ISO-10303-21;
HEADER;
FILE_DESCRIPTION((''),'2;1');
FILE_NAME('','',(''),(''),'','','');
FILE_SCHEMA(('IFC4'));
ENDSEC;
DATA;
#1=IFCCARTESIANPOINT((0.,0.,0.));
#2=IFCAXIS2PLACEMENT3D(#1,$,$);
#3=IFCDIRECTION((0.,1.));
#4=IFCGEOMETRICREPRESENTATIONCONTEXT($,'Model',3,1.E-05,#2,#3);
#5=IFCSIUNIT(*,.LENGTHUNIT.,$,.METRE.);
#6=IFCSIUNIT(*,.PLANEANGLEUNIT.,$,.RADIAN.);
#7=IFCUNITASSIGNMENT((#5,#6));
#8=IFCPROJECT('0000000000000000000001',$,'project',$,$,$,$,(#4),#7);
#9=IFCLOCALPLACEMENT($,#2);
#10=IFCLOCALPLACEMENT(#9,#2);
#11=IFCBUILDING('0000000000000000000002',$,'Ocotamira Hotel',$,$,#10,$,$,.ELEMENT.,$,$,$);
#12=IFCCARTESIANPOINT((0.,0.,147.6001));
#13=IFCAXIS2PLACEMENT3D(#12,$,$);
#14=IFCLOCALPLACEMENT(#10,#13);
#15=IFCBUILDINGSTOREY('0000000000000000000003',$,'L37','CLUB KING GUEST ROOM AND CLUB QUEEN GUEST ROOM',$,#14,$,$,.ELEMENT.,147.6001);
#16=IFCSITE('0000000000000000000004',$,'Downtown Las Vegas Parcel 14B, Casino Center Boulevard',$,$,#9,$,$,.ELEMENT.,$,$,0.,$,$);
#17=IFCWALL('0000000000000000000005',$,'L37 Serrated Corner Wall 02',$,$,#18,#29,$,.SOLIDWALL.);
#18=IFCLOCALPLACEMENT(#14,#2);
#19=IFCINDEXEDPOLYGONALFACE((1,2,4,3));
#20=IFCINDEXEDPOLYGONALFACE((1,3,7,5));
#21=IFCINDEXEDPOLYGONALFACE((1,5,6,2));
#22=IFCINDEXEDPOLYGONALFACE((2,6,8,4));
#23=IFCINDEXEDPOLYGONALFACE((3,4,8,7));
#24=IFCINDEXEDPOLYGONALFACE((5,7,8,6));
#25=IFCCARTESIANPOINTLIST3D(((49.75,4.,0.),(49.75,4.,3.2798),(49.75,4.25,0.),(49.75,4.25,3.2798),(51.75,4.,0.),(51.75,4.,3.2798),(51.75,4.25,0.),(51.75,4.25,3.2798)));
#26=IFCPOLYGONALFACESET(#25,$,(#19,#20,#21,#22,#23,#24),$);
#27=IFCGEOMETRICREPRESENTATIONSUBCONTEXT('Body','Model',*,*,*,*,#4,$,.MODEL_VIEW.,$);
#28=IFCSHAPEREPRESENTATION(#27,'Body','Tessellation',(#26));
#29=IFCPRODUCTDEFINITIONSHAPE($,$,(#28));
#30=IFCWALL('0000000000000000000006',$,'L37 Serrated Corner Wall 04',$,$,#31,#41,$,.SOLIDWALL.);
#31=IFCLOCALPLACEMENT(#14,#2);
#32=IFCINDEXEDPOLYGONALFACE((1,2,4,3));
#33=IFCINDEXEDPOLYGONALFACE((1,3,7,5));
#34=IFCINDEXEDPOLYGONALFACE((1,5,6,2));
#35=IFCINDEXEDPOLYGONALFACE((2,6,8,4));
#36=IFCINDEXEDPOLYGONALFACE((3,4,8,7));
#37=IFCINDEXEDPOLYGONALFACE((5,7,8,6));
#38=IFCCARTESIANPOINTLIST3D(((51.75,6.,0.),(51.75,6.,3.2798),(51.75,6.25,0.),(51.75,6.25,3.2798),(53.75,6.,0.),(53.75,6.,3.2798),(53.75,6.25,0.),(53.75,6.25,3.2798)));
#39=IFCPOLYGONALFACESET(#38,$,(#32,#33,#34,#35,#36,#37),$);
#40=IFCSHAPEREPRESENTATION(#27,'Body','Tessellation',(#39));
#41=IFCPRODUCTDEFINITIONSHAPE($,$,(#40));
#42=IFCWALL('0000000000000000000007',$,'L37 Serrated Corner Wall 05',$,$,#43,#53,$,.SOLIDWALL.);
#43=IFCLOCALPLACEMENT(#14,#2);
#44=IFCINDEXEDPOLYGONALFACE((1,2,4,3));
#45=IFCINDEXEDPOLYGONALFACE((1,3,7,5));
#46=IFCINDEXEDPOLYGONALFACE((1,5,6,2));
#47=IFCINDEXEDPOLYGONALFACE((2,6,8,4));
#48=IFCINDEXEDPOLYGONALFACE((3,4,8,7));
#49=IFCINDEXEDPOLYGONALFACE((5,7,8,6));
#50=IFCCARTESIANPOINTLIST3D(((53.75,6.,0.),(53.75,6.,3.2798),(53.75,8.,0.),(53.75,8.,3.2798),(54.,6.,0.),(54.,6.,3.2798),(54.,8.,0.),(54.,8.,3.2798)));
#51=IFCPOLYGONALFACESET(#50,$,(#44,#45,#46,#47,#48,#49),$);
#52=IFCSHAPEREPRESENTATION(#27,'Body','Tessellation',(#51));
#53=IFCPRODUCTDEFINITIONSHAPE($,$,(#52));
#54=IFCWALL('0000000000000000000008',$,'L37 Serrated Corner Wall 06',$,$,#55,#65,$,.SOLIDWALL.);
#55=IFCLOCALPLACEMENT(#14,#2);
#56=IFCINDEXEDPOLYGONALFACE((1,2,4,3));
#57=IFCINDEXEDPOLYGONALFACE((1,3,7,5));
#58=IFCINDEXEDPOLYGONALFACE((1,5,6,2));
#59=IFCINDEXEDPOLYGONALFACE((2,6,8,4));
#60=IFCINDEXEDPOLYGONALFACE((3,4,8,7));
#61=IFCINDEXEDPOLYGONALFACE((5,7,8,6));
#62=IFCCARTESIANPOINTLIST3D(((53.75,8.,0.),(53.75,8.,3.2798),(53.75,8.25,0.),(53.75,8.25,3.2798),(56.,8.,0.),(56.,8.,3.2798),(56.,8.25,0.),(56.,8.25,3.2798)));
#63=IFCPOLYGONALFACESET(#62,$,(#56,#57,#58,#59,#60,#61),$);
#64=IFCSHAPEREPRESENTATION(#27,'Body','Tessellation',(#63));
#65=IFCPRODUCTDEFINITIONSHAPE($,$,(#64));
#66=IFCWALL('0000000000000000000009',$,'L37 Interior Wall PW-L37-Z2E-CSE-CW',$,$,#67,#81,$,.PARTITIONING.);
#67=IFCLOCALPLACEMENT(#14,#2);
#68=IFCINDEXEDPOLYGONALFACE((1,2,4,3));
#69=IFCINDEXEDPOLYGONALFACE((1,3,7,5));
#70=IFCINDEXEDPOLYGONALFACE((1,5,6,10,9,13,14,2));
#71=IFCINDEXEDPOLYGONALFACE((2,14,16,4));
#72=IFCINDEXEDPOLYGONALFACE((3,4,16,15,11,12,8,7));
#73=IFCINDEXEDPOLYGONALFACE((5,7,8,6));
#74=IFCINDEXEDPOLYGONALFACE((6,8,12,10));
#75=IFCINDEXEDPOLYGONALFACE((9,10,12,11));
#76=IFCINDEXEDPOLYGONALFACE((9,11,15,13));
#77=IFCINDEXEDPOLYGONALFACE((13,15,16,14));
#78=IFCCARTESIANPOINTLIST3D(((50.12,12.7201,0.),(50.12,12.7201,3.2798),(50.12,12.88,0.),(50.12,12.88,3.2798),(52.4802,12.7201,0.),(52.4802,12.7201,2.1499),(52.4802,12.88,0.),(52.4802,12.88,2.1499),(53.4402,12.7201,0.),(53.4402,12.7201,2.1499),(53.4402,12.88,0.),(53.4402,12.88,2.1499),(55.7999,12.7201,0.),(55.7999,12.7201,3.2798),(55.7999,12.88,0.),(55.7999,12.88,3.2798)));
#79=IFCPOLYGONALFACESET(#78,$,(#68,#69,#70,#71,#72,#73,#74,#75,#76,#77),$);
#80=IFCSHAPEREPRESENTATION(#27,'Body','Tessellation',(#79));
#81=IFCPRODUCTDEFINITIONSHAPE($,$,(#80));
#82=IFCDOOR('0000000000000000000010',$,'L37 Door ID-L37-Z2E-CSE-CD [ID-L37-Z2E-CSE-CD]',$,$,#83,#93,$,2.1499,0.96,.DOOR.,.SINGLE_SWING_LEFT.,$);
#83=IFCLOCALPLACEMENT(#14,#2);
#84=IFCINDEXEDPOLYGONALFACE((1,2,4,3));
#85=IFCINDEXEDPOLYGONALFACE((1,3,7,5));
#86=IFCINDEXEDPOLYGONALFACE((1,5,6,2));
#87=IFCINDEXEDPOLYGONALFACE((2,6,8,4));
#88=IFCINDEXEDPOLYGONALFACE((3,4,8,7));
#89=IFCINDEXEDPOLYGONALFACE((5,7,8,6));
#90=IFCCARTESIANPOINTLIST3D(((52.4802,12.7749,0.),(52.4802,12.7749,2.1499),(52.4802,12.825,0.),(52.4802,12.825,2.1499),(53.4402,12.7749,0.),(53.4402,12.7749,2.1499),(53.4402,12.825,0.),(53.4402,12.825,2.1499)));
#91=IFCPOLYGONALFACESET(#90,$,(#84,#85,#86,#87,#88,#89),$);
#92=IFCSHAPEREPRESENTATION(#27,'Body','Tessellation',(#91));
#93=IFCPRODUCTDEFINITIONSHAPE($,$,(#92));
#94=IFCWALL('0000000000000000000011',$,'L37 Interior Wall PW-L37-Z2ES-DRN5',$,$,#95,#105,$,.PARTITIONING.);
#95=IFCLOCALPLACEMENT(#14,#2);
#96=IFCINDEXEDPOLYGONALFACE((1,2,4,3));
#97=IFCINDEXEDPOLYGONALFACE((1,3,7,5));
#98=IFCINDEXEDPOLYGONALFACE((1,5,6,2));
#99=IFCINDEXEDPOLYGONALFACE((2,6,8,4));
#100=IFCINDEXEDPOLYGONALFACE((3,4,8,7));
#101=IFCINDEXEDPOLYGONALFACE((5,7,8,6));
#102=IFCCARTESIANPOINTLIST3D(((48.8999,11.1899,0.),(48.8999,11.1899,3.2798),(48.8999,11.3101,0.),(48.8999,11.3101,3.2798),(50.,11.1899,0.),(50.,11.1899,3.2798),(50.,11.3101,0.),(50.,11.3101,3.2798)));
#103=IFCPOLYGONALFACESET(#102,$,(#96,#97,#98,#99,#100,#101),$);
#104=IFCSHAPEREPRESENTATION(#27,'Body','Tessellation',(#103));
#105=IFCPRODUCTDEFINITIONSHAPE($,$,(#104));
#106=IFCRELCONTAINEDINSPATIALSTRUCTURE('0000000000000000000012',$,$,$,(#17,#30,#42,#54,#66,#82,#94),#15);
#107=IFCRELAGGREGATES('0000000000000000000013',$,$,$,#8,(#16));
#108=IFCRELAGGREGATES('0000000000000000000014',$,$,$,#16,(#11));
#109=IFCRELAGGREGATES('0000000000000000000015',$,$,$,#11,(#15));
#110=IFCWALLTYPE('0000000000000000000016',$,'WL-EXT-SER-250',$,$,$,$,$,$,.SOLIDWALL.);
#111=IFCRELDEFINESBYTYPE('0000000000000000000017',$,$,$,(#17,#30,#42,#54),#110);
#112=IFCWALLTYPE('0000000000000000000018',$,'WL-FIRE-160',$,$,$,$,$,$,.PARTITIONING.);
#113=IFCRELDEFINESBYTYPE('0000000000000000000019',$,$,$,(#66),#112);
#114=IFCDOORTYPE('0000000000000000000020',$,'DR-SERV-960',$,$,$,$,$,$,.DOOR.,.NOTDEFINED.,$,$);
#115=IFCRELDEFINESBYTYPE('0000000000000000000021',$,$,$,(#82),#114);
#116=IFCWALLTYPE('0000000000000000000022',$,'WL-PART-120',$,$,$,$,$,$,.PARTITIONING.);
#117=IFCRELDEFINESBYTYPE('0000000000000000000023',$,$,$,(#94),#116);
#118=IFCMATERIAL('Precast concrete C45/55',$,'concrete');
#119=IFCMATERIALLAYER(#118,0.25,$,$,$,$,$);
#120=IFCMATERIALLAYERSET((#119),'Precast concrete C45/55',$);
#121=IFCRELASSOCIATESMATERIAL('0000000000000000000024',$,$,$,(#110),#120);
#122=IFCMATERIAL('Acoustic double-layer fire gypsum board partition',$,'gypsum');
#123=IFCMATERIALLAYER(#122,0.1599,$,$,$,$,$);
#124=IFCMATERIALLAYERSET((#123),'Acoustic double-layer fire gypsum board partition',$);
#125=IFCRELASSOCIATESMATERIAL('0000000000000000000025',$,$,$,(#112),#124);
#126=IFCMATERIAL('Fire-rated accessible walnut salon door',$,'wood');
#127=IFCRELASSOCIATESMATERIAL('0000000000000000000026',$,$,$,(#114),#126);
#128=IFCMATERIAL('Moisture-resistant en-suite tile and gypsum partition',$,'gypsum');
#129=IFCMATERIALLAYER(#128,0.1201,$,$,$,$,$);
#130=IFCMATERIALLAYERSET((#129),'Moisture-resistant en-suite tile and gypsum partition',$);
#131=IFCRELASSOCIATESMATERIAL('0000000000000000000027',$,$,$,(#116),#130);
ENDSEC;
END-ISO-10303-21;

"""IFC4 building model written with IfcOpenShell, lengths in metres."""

from ifc_helpers import new_model, si_unit, direction, frame, frame_2d, origin, place, context, subcontext, project, spatial, rectangle, extrude, source, transform, mapped, material, layer, layer_set, type_object, element, fill, save


model = new_model("IFC4")

# Units and contexts
model_context = context("Model", 3, precision=1e-05, world=origin(), true_north=direction((0.0, 1.0)))
body_context = subcontext(model_context, "Body", "Model", "MODEL_VIEW")
ifc_project = project(units=[si_unit("LENGTHUNIT", "METRE"), si_unit("PLANEANGLEUNIT", "RADIAN")], contexts=[model_context])

# Site, building, storey
site_placement = place(None, origin())
site = spatial("IfcSite", under=ifc_project, at=site_placement, Name="Downtown Las Vegas Parcel 14B, Casino Center Boulevard", CompositionType="ELEMENT", RefElevation=0.0)
building_placement = place(site_placement, origin())
building = spatial("IfcBuilding", under=site, at=building_placement, Name="Ocotamira Hotel", CompositionType="ELEMENT")
storey_placement = place(building_placement, frame((0.0, 0.0, 147.6001)))
storey = spatial("IfcBuildingStorey", under=building, at=storey_placement, Name="L37", Description="CLUB KING GUEST ROOM AND CLUB QUEEN GUEST ROOM", CompositionType="ELEMENT", Elevation=147.6001)

# Walls
ifc_material_1 = material(Name="Precast concrete C45/55", Category="concrete")
ifc_layer_1 = layer(ifc_material_1, 0.25)
ifc_layer_set_1 = layer_set([ifc_layer_1], Name="Precast concrete C45/55")
wall_type_1 = type_object("IfcWallType", Name="WL-EXT-SER-250", PredefinedType="SOLIDWALL", material=ifc_layer_set_1)
for number, where, z_axis, x_axis, name in (
    (1, (49.75, 4.125, 0.0), (0.0, 0.0, 1.0), (1.0, 0.0, 0.0), "L37 Serrated Corner Wall 02"),
    (2, (51.75, 6.125, 0.0), (0.0, 0.0, 1.0), (1.0, 0.0, 0.0), "L37 Serrated Corner Wall 04"),
    (3, (53.875, 6.0, 0.0), (0.0, 0.0, 1.0), (0.0, 1.0, 0.0), "L37 Serrated Corner Wall 05"),
):
    element("IfcWall", number, at=place(storey_placement, frame(where, z_axis=z_axis, x_axis=x_axis)), inside=storey, type_object=wall_type_1, Name=name, PredefinedType="SOLIDWALL", context=body_context, shape_type="SweptSolid", body=[
        extrude(rectangle(XDim=2.0, YDim=0.25, at=frame_2d((1.0, 0.0))), origin(), (0.0, 0.0, 1.0), 3.2798),
    ])
wall_1_placement = place(storey_placement, frame((53.75, 8.125, 0.0), z_axis=(0.0, 0.0, 1.0), x_axis=(1.0, 0.0, 0.0)))
element("IfcWall", 4, at=wall_1_placement, inside=storey, type_object=wall_type_1, Name="L37 Serrated Corner Wall 06", PredefinedType="SOLIDWALL", context=body_context, shape_type="SweptSolid", body=[
    extrude(rectangle(XDim=2.25, YDim=0.25, at=frame_2d((1.125, 0.0))), origin(), (0.0, 0.0, 1.0), 3.2798),
])

# Wall, opening, door
ifc_material_2 = material(Name="Acoustic double-layer fire gypsum board partition", Category="gypsum")
ifc_layer_2 = layer(ifc_material_2, 0.1599)
ifc_layer_set_2 = layer_set([ifc_layer_2], Name="Acoustic double-layer fire gypsum board partition")
wall_type_2 = type_object("IfcWallType", Name="WL-FIRE-160", PredefinedType="PARTITIONING", material=ifc_layer_set_2)
wall_2_placement = place(storey_placement, frame((50.1201, 12.8, 0.0), z_axis=(0.0, 0.0, 1.0), x_axis=(1.0, 0.0, 0.0)))
wall_2 = element("IfcWall", 5, at=wall_2_placement, inside=storey, type_object=wall_type_2, Name="L37 Interior Wall PW-L37-Z2E-CSE-CW", PredefinedType="PARTITIONING", context=body_context, shape_type="SweptSolid", body=[
    extrude(rectangle(XDim=5.6799, YDim=0.1599, at=frame_2d((2.8398, 0.0))), origin(), (0.0, 0.0, 1.0), 3.2798),
])
opening_1_placement = place(wall_2_placement, frame((2.3601, 0.0, 0.0)))
opening_1 = element("IfcOpeningElement", 6, at=opening_1_placement, cuts=wall_2, PredefinedType="OPENING", context=body_context, shape_type="SweptSolid", body=[
    extrude(rectangle(XDim=0.96, YDim=2.1499, at=frame_2d((0.48, 1.075))), frame((0.0, 0.0898, 0.0), z_axis=(0.0, -1.0, 0.0), x_axis=(1.0, 0.0, 0.0)), (0.0, 0.0, 1.0), 0.1799),
])
ifc_material_3 = material(Name="Fire-rated accessible walnut salon door", Category="wood")
door_type_1 = type_object("IfcDoorType", Name="DR-SERV-960", OperationType="NOTDEFINED", PredefinedType="DOOR", material=ifc_material_3)
shared_shape_1 = source(origin(), body_context, "Body", "SweptSolid", [
    extrude(rectangle(XDim=0.96, YDim=2.1499, at=frame_2d((0.48, 1.075))), frame((0.0, 0.0249, 0.0), z_axis=(0.0, -1.0, 0.0), x_axis=(1.0, 0.0, 0.0)), (0.0, 0.0, 1.0), 0.05),
])
door_1_placement = place(opening_1_placement, origin())
door_1 = element("IfcDoor", 7, at=door_1_placement, inside=storey, type_object=door_type_1, Name="L37 Door ID-L37-Z2E-CSE-CD [ID-L37-Z2E-CSE-CD]", OperationType="SINGLE_SWING_LEFT", OverallHeight=2.1499, OverallWidth=0.96, PredefinedType="DOOR", context=body_context, shape_type="MappedRepresentation", body=[
    mapped(shared_shape_1, transform((0.0, 0.0, 0.0), scale=1.0)),
])
fill(opening_1, door_1)

# Wall
ifc_material_4 = material(Name="Moisture-resistant en-suite tile and gypsum partition", Category="gypsum")
ifc_layer_3 = layer(ifc_material_4, 0.1201)
ifc_layer_set_3 = layer_set([ifc_layer_3], Name="Moisture-resistant en-suite tile and gypsum partition")
wall_type_3 = type_object("IfcWallType", Name="WL-PART-120", PredefinedType="PARTITIONING", material=ifc_layer_set_3)
wall_3_placement = place(storey_placement, frame((48.8999, 11.25, 0.0), z_axis=(0.0, 0.0, 1.0), x_axis=(1.0, 0.0, 0.0)))
element("IfcWall", 8, at=wall_3_placement, inside=storey, type_object=wall_type_3, Name="L37 Interior Wall PW-L37-Z2ES-DRN5", PredefinedType="PARTITIONING", context=body_context, shape_type="SweptSolid", body=[
    extrude(rectangle(XDim=1.1001, YDim=0.1201, at=frame_2d((0.55, 0.0))), origin(), (0.0, 0.0, 1.0), 3.2798),
])

save(model, "model.ifc")
